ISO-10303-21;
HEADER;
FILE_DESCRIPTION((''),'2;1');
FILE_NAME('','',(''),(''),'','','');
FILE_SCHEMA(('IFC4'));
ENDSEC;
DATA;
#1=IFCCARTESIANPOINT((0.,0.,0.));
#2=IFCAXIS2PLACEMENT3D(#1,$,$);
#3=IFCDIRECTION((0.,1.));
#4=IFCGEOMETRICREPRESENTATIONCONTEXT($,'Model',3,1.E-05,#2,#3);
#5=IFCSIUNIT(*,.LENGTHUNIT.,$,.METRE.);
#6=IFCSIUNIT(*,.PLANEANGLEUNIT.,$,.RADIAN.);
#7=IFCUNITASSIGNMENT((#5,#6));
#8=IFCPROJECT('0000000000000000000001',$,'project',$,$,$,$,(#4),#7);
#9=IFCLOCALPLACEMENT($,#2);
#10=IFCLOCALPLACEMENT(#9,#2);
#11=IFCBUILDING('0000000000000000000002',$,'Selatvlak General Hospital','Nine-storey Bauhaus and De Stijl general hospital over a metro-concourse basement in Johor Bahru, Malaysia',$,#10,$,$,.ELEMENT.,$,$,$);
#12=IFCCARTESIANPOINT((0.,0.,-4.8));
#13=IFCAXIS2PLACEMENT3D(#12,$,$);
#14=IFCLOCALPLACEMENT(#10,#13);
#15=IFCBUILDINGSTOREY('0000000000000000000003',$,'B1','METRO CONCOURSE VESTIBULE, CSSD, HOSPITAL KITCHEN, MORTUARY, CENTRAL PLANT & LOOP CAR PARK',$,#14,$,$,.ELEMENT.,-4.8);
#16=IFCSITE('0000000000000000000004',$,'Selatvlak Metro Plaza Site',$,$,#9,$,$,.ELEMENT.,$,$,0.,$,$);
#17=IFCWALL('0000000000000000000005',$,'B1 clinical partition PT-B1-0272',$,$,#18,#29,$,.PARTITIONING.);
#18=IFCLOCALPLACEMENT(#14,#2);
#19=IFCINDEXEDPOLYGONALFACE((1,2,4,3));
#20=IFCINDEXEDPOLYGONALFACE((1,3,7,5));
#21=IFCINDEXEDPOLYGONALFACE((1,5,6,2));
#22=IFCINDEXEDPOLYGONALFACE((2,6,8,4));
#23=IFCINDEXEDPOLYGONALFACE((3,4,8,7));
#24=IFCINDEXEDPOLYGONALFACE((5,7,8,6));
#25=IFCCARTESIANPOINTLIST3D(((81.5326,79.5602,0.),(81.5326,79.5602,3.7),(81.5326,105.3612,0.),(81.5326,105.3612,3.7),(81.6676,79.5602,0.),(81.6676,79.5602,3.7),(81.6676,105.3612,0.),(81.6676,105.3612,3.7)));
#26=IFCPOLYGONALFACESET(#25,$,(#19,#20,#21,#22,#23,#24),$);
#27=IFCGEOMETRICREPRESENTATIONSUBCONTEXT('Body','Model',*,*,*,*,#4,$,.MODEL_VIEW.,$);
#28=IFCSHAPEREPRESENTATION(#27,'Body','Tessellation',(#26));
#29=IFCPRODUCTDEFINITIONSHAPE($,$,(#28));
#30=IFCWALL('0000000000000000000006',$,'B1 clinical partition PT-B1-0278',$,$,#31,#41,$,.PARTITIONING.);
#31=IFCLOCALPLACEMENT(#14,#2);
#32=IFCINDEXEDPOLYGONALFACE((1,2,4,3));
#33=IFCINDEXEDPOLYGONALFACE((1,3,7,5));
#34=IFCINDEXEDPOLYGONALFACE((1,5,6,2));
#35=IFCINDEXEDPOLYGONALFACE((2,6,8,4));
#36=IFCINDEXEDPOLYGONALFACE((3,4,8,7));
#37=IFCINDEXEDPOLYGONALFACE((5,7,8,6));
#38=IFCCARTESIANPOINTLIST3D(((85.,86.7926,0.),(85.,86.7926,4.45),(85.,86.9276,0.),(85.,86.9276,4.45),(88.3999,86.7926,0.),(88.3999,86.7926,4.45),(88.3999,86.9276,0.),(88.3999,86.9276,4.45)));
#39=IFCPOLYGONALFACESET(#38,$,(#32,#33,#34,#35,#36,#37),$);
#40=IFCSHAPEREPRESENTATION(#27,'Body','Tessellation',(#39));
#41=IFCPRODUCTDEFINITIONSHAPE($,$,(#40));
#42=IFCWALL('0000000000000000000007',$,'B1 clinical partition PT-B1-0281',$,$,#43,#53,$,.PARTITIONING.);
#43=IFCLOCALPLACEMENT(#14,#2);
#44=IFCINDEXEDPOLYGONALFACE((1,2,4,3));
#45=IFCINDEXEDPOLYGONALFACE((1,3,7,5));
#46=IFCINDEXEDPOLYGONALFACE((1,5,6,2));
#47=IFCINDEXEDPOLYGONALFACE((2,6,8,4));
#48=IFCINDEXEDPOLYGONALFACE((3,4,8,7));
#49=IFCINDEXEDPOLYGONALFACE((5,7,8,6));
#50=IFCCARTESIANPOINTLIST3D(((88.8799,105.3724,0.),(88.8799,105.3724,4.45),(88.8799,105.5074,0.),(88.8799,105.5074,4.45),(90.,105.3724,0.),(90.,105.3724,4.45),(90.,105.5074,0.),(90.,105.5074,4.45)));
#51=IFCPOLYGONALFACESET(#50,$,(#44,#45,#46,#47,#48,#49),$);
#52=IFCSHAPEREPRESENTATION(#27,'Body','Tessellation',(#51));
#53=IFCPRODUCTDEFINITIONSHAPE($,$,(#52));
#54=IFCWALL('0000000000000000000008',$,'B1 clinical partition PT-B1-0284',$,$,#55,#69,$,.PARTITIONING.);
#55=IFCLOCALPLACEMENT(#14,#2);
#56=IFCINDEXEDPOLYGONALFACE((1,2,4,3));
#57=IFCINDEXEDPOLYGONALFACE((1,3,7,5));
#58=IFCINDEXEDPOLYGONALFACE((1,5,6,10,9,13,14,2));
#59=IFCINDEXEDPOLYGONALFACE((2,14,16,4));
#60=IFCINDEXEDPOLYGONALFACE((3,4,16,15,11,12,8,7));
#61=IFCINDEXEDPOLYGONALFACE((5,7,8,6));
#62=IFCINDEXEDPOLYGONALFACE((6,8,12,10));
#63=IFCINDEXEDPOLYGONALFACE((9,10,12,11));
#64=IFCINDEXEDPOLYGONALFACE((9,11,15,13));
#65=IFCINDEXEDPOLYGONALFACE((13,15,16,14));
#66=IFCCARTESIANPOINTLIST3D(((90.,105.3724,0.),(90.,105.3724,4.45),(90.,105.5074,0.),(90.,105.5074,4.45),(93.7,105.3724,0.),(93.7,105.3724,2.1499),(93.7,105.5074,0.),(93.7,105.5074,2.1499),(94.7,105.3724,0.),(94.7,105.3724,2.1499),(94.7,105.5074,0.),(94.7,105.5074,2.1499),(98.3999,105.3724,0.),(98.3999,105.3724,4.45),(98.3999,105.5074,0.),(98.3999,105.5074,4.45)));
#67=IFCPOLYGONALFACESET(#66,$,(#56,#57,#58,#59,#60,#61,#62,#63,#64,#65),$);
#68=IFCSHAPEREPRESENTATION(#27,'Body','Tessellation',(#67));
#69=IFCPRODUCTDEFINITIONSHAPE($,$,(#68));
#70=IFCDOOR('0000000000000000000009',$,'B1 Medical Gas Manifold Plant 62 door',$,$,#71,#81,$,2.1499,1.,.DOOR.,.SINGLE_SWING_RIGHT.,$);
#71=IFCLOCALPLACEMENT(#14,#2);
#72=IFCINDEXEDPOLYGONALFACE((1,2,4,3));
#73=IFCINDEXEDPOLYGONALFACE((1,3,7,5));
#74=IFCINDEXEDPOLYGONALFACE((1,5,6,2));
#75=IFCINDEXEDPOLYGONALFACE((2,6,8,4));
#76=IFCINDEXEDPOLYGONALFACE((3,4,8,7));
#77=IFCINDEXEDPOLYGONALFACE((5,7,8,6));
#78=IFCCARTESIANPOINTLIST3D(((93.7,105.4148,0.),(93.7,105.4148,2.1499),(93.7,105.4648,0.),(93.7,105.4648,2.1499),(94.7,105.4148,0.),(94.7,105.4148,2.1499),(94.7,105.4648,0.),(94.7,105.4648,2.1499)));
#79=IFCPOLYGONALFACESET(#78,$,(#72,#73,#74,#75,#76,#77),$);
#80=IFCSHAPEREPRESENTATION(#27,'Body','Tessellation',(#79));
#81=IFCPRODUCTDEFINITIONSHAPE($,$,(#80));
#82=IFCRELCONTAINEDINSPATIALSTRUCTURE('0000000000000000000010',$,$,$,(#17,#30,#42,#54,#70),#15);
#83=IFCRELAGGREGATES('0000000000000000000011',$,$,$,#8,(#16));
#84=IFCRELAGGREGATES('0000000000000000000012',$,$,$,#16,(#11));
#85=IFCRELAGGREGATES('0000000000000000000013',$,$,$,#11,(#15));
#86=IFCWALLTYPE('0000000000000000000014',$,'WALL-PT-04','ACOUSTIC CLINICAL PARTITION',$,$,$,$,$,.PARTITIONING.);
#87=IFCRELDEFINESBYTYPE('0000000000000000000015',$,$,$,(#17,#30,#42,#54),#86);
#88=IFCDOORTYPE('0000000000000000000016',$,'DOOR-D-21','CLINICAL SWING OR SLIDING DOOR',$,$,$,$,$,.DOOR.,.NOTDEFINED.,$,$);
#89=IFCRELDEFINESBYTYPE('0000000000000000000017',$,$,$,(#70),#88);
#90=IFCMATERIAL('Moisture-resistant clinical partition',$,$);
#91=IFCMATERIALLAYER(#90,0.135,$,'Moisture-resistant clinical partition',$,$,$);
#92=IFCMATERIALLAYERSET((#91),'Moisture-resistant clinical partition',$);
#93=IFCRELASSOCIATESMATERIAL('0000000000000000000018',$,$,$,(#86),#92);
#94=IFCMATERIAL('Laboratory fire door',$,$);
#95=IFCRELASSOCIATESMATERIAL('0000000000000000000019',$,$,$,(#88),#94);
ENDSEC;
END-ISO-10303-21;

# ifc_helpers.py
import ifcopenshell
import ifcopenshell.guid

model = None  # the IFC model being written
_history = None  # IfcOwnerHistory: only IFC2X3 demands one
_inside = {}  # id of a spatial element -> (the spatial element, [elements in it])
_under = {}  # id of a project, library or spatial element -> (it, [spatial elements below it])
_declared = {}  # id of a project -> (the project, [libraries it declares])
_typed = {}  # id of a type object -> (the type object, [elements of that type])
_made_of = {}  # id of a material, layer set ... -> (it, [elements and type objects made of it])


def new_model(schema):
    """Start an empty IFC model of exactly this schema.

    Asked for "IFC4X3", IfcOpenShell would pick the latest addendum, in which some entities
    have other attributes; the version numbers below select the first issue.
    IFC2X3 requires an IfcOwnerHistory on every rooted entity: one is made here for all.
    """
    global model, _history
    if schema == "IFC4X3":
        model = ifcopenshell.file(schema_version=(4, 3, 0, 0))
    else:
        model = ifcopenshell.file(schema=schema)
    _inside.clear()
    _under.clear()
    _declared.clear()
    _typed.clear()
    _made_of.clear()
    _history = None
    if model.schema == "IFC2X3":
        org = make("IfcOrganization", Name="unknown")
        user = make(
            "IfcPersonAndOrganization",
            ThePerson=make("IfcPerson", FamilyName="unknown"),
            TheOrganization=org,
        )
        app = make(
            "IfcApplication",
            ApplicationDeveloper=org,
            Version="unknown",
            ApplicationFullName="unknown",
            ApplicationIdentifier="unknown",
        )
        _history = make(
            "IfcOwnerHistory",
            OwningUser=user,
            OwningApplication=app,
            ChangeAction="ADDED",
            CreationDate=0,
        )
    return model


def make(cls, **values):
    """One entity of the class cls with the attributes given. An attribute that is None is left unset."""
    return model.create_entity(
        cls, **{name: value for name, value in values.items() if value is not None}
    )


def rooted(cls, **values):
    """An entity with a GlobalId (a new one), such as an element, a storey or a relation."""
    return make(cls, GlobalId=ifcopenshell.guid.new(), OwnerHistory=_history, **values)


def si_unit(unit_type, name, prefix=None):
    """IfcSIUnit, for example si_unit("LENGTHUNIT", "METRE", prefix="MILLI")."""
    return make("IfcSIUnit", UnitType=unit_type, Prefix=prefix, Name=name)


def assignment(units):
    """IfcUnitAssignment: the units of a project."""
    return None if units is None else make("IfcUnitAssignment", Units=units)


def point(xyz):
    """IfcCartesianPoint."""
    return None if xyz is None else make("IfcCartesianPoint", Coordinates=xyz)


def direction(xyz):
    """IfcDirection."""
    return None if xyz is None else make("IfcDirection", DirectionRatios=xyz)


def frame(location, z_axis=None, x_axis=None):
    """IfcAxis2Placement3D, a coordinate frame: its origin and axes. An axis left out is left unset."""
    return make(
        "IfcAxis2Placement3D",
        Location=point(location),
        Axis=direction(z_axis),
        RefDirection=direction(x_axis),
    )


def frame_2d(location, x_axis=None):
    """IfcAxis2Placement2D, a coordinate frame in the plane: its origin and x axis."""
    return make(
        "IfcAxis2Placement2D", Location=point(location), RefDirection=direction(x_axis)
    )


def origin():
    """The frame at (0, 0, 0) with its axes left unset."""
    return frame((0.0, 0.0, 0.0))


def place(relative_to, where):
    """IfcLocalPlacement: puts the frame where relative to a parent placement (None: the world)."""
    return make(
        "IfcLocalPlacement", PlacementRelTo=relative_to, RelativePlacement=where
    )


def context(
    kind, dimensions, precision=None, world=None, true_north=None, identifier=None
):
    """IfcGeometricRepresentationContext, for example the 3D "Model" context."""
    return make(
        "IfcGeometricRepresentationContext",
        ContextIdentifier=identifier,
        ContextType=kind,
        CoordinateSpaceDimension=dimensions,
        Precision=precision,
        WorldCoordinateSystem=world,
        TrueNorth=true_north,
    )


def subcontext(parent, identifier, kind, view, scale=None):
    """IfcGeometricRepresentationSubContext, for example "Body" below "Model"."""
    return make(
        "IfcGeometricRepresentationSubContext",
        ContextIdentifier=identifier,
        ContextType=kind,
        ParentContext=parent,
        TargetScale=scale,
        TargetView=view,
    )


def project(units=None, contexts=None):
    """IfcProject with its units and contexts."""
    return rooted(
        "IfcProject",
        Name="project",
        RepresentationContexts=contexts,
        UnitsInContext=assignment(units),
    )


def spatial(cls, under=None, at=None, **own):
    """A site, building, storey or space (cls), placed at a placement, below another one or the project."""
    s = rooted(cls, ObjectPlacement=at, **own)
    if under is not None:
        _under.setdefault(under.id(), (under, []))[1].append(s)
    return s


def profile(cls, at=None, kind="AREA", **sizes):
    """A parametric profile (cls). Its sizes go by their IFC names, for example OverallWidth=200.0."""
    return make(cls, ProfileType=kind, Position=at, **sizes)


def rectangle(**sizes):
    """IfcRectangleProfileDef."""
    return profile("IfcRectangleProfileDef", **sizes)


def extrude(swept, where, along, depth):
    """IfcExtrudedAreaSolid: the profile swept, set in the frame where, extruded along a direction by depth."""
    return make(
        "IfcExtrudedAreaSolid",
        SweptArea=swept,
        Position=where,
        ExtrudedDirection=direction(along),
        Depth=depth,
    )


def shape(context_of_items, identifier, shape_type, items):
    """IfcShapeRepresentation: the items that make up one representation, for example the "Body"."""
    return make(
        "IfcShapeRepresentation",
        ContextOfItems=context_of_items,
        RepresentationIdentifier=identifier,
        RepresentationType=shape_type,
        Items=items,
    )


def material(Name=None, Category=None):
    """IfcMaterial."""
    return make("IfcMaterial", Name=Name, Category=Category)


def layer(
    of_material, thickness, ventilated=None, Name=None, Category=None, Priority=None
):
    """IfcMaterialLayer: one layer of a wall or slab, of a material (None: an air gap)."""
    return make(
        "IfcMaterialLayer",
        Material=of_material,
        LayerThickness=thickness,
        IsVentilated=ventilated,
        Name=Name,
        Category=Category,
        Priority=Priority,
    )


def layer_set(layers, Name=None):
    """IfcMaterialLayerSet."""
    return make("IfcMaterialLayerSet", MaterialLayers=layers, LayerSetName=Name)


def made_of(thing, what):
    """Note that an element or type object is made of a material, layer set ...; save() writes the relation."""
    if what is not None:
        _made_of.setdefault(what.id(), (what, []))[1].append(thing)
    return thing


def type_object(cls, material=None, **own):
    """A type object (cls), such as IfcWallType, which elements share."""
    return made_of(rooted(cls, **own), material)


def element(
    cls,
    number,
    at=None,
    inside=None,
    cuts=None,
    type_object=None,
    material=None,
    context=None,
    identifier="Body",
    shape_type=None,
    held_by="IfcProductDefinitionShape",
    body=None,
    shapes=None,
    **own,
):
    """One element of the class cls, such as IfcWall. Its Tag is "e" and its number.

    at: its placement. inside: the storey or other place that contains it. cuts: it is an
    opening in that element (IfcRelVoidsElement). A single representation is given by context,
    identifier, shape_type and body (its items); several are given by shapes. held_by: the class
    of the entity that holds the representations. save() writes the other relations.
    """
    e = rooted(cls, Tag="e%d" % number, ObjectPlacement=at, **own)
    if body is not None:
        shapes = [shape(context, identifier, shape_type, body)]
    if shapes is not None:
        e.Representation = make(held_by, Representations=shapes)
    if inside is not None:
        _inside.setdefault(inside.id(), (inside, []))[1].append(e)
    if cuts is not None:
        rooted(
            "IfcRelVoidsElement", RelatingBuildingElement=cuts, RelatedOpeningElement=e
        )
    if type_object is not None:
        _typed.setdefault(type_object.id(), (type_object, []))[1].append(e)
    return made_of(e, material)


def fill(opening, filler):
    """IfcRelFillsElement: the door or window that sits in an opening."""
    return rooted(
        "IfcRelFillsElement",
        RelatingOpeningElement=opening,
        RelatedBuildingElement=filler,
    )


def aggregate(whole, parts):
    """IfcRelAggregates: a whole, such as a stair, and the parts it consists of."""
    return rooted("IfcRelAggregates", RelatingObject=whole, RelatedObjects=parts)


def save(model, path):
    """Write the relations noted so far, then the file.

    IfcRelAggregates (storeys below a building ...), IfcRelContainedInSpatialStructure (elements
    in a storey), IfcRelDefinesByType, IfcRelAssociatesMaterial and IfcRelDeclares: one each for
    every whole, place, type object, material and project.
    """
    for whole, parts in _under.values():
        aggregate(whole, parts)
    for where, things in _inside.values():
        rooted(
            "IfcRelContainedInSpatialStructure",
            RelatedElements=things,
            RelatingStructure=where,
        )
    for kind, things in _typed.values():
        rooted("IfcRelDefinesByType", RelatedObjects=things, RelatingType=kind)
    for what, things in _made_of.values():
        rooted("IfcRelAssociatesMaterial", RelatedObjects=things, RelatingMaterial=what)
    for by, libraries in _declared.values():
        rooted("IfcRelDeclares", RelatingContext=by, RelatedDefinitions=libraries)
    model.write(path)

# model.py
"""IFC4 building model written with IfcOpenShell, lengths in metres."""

from ifc_helpers import new_model, si_unit, direction, frame, frame_2d, origin, place, context, subcontext, project, spatial, rectangle, extrude, material, layer, layer_set, type_object, element, fill, save


model = new_model("IFC4")

# Units and contexts
model_context = context("Model", 3, precision=1e-05, world=origin(), true_north=direction((0.0, 1.0)))
body_context = subcontext(model_context, "Body", "Model", "MODEL_VIEW")
ifc_project = project(units=[si_unit("LENGTHUNIT", "METRE"), si_unit("PLANEANGLEUNIT", "RADIAN")], contexts=[model_context])

# Site, building, storey
site_placement = place(None, origin())
site = spatial("IfcSite", under=ifc_project, at=site_placement, Name="Selatvlak Metro Plaza Site", CompositionType="ELEMENT", RefElevation=0.0)
building_placement = place(site_placement, origin())
building = spatial("IfcBuilding", under=site, at=building_placement, Name="Selatvlak General Hospital", Description="Nine-storey Bauhaus and De Stijl general hospital over a metro-concourse basement in Johor Bahru, Malaysia", CompositionType="ELEMENT")
storey_placement = place(building_placement, frame((0.0, 0.0, -4.8)))
storey = spatial("IfcBuildingStorey", under=building, at=storey_placement, Name="B1", Description="METRO CONCOURSE VESTIBULE, CSSD, HOSPITAL KITCHEN, MORTUARY, CENTRAL PLANT & LOOP CAR PARK", CompositionType="ELEMENT", Elevation=-4.8)

# Walls
ifc_material_1 = material(Name="Moisture-resistant clinical partition")
ifc_layer_1 = layer(ifc_material_1, 0.135, Name="Moisture-resistant clinical partition")
ifc_layer_set_1 = layer_set([ifc_layer_1], Name="Moisture-resistant clinical partition")
wall_type_1 = type_object("IfcWallType", Name="WALL-PT-04", Description="ACOUSTIC CLINICAL PARTITION", PredefinedType="PARTITIONING", material=ifc_layer_set_1)
wall_1_placement = place(storey_placement, frame((81.6001, 105.3611, 0.0), z_axis=(0.0, 0.0, 1.0), x_axis=(0.0, -1.0, 0.0)))
element("IfcWall", 1, at=wall_1_placement, inside=storey, type_object=wall_type_1, Name="B1 clinical partition PT-B1-0272", PredefinedType="PARTITIONING", context=body_context, shape_type="SweptSolid", body=[
    extrude(rectangle(XDim=25.801, YDim=0.135, at=frame_2d((12.9004, 0.0))), origin(), (0.0, 0.0, 1.0), 3.7),
])
wall_2_placement = place(storey_placement, frame((88.3999, 86.8601, 0.0), z_axis=(0.0, 0.0, 1.0), x_axis=(-1.0, 0.0, 0.0)))
element("IfcWall", 2, at=wall_2_placement, inside=storey, type_object=wall_type_1, Name="B1 clinical partition PT-B1-0278", PredefinedType="PARTITIONING", context=body_context, shape_type="SweptSolid", body=[
    extrude(rectangle(XDim=3.3999, YDim=0.135, at=frame_2d((1.7, 0.0))), origin(), (0.0, 0.0, 1.0), 4.45),
])
wall_3_placement = place(storey_placement, frame((88.8799, 105.4399, 0.0), z_axis=(0.0, 0.0, 1.0), x_axis=(1.0, 0.0, 0.0)))
element("IfcWall", 3, at=wall_3_placement, inside=storey, type_object=wall_type_1, Name="B1 clinical partition PT-B1-0281", PredefinedType="PARTITIONING", context=body_context, shape_type="SweptSolid", body=[
    extrude(rectangle(XDim=1.1201, YDim=0.135, at=frame_2d((0.5601, 0.0))), origin(), (0.0, 0.0, 1.0), 4.45),
])

# Wall, opening, door
wall_4_placement = place(storey_placement, frame((90.0, 105.4399, 0.0), z_axis=(0.0, 0.0, 1.0), x_axis=(1.0, 0.0, 0.0)))
wall_4 = element("IfcWall", 4, at=wall_4_placement, inside=storey, type_object=wall_type_1, Name="B1 clinical partition PT-B1-0284", PredefinedType="PARTITIONING", context=body_context, shape_type="SweptSolid", body=[
    extrude(rectangle(XDim=8.3999, YDim=0.135, at=frame_2d((4.2, 0.0))), origin(), (0.0, 0.0, 1.0), 4.45),
])
opening_placement = place(wall_4_placement, frame((3.7, 0.0, 0.0)))
opening = element("IfcOpeningElement", 5, at=opening_placement, cuts=wall_4, PredefinedType="OPENING", context=body_context, shape_type="SweptSolid", body=[
    extrude(rectangle(XDim=1.0, YDim=2.1499, at=frame_2d((0.5, 1.075))), frame((0.0, 0.0774, 0.0), z_axis=(0.0, -1.0, 0.0), x_axis=(1.0, 0.0, 0.0)), (0.0, 0.0, 1.0), 0.155),
])
ifc_material_2 = material(Name="Laboratory fire door")
door_type = type_object("IfcDoorType", Name="DOOR-D-21", Description="CLINICAL SWING OR SLIDING DOOR", OperationType="NOTDEFINED", PredefinedType="DOOR", material=ifc_material_2)
door_placement = place(opening_placement, origin())
door = element("IfcDoor", 6, at=door_placement, inside=storey, type_object=door_type, Name="B1 Medical Gas Manifold Plant 62 door", OperationType="SINGLE_SWING_RIGHT", OverallHeight=2.1499, OverallWidth=1.0, PredefinedType="DOOR", context=body_context, shape_type="SweptSolid", body=[
    extrude(rectangle(XDim=1.0, YDim=2.1499, at=frame_2d((0.5, 1.075))), frame((0.0, 0.0249, 0.0), z_axis=(0.0, -1.0, 0.0), x_axis=(1.0, 0.0, 0.0)), (0.0, 0.0, 1.0), 0.05),
])
fill(opening, door)

save(model, "model.ifc")
